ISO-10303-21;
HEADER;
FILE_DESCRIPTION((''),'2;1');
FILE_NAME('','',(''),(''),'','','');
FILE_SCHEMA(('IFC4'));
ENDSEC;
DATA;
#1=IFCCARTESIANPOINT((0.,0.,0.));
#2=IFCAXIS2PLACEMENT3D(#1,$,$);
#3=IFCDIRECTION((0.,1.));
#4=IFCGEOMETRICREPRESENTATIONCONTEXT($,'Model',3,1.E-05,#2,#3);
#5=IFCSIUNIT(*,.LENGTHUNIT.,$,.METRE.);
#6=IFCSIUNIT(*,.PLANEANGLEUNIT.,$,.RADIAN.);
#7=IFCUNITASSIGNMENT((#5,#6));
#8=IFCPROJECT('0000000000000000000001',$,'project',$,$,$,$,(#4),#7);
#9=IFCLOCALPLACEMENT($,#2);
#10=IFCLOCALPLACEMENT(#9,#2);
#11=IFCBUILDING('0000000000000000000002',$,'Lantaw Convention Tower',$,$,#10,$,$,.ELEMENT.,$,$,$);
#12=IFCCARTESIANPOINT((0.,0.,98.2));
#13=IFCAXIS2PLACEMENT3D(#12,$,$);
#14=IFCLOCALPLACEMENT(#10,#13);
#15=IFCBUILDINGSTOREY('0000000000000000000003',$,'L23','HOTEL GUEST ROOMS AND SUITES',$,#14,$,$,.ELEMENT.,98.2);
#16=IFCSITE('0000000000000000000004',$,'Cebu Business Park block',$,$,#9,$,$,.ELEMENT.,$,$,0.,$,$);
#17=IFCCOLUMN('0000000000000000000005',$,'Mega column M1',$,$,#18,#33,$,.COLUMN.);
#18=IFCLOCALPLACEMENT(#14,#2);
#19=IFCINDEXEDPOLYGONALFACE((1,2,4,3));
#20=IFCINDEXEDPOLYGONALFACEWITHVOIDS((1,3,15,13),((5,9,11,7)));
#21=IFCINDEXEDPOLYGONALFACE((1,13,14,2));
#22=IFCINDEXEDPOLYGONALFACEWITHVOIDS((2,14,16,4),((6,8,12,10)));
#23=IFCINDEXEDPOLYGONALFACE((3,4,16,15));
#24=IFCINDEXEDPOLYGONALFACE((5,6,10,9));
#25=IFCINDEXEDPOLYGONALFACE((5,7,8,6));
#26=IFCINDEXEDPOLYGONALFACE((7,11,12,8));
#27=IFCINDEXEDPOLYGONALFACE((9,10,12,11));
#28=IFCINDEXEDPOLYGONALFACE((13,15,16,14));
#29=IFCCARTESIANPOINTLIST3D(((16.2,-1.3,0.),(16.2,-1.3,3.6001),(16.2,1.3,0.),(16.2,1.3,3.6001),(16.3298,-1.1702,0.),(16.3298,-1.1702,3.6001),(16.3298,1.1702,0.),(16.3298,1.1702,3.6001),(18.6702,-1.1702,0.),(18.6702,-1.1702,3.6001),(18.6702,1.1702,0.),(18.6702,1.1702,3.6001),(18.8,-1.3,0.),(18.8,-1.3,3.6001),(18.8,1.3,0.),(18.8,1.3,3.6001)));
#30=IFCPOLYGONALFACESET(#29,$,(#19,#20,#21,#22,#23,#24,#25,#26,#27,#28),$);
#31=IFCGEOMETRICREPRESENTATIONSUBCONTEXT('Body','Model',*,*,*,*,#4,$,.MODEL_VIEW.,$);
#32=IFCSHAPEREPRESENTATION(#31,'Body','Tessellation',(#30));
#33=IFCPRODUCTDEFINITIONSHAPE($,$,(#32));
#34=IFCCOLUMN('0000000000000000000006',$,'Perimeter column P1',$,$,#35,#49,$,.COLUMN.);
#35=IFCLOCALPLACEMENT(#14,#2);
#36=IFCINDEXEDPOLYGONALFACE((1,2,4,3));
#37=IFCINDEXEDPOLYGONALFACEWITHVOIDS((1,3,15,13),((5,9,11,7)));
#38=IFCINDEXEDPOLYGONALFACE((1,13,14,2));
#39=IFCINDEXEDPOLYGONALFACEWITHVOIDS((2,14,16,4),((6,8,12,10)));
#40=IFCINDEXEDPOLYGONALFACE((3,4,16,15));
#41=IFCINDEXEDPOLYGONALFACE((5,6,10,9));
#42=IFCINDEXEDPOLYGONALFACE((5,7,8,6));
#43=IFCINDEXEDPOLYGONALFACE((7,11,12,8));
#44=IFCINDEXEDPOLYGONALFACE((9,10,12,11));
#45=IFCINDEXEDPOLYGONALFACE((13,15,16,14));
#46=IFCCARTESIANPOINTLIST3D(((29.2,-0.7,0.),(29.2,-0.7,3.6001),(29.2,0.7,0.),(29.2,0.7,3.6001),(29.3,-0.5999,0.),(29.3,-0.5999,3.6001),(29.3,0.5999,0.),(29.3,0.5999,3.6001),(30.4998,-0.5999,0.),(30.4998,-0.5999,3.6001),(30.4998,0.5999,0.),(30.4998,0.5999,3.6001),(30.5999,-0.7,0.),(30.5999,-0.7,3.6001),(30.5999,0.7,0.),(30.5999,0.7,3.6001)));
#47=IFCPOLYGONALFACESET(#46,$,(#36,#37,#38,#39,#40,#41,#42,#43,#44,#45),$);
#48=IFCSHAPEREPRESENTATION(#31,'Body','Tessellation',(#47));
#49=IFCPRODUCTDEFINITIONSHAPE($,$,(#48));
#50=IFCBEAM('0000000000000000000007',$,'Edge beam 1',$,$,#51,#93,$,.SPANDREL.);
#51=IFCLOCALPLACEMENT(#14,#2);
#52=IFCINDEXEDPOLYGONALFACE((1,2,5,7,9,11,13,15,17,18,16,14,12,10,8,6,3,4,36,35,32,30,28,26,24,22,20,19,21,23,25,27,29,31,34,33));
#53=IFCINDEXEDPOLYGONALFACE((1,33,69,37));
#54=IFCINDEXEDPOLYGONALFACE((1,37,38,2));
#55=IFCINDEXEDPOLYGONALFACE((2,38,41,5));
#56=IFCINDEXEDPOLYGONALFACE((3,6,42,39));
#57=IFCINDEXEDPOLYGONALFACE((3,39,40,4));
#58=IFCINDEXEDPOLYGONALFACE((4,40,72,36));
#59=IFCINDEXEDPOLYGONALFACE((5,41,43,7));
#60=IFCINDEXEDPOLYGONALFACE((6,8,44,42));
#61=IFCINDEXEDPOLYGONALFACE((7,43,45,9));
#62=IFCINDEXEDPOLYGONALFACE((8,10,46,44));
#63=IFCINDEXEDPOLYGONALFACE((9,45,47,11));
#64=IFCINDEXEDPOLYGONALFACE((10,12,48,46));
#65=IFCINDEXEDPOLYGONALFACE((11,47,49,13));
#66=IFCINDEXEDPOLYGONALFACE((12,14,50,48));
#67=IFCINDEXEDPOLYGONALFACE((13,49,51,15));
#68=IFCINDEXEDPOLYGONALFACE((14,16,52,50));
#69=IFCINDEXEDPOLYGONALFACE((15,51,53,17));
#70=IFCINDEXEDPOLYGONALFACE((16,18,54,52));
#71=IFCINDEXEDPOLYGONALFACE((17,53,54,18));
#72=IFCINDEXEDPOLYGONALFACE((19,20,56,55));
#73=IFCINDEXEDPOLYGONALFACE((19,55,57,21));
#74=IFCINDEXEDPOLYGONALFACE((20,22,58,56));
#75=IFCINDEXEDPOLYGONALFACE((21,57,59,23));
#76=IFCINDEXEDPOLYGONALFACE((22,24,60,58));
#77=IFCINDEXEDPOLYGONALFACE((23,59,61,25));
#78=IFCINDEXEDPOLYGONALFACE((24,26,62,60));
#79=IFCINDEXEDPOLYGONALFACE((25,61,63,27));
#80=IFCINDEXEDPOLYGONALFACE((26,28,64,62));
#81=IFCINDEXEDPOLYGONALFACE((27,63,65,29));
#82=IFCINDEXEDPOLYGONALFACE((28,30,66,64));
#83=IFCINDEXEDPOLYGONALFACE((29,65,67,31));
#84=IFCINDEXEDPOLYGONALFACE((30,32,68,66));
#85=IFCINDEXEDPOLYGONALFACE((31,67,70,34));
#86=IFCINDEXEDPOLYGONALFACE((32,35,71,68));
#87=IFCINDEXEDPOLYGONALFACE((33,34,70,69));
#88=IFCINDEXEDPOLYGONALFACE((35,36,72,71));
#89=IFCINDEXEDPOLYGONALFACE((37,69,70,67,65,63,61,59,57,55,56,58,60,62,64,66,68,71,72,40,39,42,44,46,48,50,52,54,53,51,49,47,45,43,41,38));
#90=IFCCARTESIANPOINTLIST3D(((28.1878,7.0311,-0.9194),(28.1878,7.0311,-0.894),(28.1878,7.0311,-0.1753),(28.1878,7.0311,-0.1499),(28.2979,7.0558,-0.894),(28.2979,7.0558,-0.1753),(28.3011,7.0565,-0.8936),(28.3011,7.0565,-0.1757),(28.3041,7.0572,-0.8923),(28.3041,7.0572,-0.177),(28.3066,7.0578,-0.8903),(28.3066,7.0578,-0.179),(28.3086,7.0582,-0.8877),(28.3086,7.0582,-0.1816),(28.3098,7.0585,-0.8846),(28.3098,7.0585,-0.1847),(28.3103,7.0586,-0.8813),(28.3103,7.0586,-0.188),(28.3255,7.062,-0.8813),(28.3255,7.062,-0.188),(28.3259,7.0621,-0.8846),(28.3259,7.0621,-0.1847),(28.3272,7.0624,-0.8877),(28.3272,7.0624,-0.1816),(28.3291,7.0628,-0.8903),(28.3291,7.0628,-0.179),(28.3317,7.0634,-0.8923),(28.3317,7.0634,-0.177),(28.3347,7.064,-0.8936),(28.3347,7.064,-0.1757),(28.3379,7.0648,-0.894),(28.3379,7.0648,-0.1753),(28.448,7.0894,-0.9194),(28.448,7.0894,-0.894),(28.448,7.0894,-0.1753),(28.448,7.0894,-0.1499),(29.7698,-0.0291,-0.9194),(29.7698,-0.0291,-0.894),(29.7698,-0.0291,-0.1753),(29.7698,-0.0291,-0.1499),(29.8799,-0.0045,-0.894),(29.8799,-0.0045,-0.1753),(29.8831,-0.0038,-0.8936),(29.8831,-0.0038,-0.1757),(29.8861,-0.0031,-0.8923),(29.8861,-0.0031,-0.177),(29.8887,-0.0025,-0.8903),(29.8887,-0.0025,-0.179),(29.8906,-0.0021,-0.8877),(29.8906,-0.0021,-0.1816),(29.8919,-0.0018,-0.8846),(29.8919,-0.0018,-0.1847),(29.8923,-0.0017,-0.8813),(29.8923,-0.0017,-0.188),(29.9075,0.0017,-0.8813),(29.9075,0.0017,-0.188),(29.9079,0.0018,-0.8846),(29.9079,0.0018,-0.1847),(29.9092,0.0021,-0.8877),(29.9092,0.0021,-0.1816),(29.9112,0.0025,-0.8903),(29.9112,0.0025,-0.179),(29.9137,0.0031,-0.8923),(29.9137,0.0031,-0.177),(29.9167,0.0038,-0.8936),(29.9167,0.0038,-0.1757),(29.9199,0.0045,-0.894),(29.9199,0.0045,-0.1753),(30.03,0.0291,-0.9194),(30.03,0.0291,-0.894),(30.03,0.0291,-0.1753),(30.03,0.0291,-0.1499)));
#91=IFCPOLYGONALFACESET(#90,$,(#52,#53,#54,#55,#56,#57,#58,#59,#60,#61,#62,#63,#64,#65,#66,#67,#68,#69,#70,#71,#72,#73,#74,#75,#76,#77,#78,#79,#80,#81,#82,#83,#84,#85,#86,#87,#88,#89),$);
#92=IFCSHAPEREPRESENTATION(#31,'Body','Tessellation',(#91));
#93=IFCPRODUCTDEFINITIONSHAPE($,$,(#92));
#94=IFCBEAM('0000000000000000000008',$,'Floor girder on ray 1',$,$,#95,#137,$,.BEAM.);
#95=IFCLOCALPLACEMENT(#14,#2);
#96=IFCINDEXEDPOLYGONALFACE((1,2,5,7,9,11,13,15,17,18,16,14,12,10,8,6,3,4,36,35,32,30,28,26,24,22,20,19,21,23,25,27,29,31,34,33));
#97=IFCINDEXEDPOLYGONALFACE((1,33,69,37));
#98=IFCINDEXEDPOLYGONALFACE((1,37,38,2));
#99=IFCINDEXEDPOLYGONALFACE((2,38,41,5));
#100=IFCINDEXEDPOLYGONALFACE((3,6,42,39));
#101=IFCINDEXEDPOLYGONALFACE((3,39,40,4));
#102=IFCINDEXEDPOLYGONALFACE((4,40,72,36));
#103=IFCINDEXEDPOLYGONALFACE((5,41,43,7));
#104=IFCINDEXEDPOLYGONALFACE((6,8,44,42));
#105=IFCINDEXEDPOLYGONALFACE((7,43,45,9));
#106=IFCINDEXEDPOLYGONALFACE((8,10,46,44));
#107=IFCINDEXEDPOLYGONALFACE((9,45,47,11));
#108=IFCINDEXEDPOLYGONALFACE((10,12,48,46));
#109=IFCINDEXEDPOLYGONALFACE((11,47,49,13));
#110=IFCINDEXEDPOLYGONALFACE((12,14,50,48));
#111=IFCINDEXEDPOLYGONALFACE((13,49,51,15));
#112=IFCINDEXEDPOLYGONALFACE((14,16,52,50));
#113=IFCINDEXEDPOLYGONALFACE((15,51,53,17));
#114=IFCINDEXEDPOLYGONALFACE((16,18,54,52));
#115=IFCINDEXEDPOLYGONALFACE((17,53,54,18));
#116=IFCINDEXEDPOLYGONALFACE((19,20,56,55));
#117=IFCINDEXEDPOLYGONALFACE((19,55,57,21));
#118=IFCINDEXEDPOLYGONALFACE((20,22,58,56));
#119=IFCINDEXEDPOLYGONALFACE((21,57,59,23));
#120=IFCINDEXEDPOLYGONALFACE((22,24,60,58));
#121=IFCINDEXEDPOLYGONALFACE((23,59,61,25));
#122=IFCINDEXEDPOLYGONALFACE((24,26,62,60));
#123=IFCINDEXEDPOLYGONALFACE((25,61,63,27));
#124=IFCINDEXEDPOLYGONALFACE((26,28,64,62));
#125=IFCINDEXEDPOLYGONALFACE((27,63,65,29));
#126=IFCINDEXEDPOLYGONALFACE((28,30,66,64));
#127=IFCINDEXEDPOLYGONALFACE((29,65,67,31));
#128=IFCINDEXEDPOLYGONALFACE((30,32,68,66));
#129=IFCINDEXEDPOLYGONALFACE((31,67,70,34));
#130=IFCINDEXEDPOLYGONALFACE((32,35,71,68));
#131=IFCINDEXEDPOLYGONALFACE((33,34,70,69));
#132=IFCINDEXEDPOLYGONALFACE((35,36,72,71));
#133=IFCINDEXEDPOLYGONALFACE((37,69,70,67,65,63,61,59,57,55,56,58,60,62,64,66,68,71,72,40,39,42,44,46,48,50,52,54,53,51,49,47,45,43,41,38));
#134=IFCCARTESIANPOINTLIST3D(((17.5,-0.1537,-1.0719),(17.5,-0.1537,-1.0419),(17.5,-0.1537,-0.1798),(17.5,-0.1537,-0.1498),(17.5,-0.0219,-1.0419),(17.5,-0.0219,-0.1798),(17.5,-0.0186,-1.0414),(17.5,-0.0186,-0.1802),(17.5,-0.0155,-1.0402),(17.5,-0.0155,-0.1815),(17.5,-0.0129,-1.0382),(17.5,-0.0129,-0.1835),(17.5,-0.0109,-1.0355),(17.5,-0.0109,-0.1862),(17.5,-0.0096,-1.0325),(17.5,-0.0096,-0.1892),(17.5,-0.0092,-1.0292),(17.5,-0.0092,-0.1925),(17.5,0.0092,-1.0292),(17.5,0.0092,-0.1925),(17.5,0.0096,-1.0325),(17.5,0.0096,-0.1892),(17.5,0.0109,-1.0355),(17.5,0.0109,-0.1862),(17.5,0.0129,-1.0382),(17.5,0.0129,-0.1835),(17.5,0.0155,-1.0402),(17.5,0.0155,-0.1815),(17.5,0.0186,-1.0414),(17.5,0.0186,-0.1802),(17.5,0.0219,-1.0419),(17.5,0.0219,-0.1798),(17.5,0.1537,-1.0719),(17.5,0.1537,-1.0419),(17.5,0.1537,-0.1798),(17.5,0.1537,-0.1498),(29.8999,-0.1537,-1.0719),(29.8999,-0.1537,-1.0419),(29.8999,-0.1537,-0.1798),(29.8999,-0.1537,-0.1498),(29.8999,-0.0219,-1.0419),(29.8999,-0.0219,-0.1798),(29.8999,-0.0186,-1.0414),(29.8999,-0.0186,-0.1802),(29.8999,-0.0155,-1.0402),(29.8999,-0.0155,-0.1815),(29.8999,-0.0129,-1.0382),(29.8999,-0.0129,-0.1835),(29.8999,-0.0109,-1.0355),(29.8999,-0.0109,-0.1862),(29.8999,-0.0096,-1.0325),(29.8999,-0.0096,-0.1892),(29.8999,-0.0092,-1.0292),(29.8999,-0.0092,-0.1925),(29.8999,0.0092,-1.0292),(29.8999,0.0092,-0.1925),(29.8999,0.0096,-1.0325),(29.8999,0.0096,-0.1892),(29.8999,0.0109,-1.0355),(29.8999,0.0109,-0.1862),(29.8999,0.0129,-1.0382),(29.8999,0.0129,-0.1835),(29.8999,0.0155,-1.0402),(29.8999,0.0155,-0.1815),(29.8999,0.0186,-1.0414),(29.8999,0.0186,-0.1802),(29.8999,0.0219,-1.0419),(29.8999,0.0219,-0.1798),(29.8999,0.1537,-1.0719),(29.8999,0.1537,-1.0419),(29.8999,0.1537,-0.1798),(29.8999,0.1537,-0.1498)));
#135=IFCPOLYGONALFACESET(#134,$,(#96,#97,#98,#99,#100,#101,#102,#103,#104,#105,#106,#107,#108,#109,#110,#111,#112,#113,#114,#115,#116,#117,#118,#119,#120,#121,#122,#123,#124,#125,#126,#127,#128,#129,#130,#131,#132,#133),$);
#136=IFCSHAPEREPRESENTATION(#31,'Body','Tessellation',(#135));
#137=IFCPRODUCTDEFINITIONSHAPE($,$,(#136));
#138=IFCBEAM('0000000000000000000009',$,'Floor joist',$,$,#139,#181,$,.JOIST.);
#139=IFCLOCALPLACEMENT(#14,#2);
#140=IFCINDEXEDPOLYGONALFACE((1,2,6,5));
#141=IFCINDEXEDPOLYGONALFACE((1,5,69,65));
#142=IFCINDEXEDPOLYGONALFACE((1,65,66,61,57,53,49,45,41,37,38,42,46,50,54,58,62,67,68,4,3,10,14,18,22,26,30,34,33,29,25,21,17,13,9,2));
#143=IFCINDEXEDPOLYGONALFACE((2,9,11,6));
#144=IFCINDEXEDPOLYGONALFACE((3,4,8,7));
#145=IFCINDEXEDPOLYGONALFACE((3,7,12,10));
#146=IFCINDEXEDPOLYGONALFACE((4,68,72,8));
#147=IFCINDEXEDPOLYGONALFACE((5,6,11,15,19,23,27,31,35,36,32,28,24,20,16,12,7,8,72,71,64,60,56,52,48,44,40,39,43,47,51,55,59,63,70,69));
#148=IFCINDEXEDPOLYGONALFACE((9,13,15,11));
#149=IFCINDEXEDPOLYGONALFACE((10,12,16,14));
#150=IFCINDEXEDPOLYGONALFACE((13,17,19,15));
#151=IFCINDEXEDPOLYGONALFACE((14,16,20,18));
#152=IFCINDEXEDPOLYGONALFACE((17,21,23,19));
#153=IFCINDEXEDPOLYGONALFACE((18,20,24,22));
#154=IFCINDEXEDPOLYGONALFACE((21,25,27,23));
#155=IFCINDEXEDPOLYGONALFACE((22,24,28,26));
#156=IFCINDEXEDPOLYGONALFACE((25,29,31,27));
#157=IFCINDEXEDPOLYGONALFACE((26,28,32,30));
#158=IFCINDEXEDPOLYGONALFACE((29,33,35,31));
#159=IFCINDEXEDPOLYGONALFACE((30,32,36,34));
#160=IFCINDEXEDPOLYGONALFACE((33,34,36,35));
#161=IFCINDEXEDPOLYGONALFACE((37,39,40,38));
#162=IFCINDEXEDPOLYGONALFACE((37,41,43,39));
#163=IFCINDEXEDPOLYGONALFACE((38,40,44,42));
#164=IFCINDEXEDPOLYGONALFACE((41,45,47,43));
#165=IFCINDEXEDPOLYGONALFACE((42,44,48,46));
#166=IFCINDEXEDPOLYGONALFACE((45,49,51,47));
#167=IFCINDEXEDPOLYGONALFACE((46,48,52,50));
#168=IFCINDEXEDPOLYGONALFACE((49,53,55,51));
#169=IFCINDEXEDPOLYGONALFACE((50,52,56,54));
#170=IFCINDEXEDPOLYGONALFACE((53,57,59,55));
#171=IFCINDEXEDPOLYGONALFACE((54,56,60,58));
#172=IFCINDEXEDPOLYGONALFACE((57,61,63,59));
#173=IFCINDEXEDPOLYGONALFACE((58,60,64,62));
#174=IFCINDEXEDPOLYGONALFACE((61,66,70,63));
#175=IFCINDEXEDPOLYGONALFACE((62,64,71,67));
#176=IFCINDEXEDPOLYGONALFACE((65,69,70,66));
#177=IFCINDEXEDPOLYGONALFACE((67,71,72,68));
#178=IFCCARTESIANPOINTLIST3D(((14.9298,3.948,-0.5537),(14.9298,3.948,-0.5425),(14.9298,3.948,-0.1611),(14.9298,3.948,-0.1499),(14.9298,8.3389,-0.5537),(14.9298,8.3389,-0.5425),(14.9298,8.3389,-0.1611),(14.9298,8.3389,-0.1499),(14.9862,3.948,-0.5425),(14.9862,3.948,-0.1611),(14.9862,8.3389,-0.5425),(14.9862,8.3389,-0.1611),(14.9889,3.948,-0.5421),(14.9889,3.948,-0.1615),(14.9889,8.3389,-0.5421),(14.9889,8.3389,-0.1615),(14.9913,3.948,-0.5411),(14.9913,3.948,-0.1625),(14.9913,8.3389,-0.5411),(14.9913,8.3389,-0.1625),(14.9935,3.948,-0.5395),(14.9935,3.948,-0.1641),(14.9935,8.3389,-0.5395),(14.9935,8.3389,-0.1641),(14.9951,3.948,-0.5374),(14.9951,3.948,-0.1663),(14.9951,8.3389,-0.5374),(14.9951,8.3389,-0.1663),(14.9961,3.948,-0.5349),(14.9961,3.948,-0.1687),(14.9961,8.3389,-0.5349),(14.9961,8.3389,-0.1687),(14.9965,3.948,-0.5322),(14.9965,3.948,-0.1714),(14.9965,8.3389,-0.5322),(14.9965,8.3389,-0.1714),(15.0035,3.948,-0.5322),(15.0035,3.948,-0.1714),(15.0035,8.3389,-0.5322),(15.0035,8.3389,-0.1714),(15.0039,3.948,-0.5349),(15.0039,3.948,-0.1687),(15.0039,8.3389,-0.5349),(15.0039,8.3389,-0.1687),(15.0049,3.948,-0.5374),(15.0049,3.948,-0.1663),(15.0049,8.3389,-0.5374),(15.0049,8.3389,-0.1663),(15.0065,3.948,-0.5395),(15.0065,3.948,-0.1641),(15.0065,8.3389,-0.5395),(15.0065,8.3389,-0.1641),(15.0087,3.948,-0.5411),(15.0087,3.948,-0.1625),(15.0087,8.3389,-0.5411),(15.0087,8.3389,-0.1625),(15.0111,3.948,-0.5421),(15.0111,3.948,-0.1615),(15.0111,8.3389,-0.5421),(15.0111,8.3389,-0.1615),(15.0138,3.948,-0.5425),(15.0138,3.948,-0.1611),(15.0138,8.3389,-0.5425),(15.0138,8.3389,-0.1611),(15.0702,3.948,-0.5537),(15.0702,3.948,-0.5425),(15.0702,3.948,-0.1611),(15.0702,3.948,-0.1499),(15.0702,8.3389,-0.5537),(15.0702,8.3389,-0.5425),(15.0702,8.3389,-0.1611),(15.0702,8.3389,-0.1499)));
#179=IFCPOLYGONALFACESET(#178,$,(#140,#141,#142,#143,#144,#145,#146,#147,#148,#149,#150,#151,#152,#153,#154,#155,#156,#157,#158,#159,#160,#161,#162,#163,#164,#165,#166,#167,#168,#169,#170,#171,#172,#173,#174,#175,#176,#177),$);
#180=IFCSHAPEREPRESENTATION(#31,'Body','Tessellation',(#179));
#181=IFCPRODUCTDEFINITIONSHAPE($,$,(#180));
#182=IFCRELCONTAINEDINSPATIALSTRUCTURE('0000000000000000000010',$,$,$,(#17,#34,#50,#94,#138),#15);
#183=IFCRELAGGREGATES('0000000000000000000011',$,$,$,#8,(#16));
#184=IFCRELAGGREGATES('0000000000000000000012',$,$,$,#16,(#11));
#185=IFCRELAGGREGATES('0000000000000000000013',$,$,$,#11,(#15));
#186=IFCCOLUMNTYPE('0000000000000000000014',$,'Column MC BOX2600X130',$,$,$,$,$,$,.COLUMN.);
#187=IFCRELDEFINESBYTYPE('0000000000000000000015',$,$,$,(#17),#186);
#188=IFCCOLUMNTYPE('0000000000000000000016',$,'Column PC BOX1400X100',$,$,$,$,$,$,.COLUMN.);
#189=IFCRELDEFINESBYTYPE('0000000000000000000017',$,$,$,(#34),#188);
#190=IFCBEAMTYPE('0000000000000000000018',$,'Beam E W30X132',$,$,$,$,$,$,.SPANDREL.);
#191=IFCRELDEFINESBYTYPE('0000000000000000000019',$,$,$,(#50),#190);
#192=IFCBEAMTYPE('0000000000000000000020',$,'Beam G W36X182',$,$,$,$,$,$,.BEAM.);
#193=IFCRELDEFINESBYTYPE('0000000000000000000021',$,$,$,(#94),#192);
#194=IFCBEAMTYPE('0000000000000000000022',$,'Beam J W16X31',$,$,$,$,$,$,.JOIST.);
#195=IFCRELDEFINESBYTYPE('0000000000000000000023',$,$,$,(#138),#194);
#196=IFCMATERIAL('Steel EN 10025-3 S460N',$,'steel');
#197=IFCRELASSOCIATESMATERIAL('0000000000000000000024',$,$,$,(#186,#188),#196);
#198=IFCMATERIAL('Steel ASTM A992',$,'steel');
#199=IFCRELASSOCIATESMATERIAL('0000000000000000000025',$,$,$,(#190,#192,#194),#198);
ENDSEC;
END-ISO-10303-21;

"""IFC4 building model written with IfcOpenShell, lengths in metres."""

from ifc_helpers import new_model, si_unit, direction, frame, origin, origin_2d, place, context, subcontext, project, spatial, rectangle, hollow_rectangle, i_section, extrude, material, material_profile, profile_set, type_object, element, save


model = new_model("IFC4")

# Units and contexts
model_context = context("Model", 3, precision=1e-05, world=origin(), true_north=direction((0.0, 1.0)))
body_context = subcontext(model_context, "Body", "Model", "MODEL_VIEW")
ifc_project = project(units=[si_unit("LENGTHUNIT", "METRE"), si_unit("PLANEANGLEUNIT", "RADIAN")], contexts=[model_context])

# Site, building, storey
site_placement = place(None, origin())
site = spatial("IfcSite", under=ifc_project, at=site_placement, Name="Cebu Business Park block", CompositionType="ELEMENT", RefElevation=0.0)
building_placement = place(site_placement, origin())
building = spatial("IfcBuilding", under=site, at=building_placement, Name="Lantaw Convention Tower", CompositionType="ELEMENT")
storey_placement = place(building_placement, frame((0.0, 0.0, 98.2)))
storey = spatial("IfcBuildingStorey", under=building, at=storey_placement, Name="L23", Description="HOTEL GUEST ROOMS AND SUITES", CompositionType="ELEMENT", Elevation=98.2)

# Columns
ifc_material_1 = material(Name="Steel EN 10025-3 S460N", Category="steel")
ifc_material_profile_1 = material_profile(ifc_material_1, hollow_rectangle(XDim=2.6001, YDim=2.6001, WallThickness=0.1299, at=origin_2d()), Name="BOX2600X130")
ifc_material_2 = material(Name="Concrete C60/75", Category="concrete")
ifc_material_profile_2 = material_profile(ifc_material_2, rectangle(XDim=2.3401, YDim=2.3401, at=origin_2d()), Name="Concrete fill of BOX2600X130")
ifc_profile_set_1 = profile_set([ifc_material_profile_1, ifc_material_profile_2], Name="Steel EN 10025-3 S460N")
column_type_1 = type_object("IfcColumnType", Name="Column MC BOX2600X130", PredefinedType="COLUMN", material=ifc_profile_set_1)
column_1_placement = place(storey_placement, frame((17.5, 0.0, 0.0), z_axis=(0.0, 0.0, 1.0), x_axis=(1.0, 0.0, 0.0)))
element("IfcColumn", 1, at=column_1_placement, inside=storey, type_object=column_type_1, Name="Mega column M1", PredefinedType="COLUMN", context=body_context, shape_type="SweptSolid", body=[
    extrude(hollow_rectangle(XDim=2.6001, YDim=2.6001, WallThickness=0.1299, at=origin_2d()), origin(), (0.0, 0.0, 1.0), 3.6001),
])
ifc_material_profile_3 = material_profile(ifc_material_1, hollow_rectangle(XDim=1.3999, YDim=1.3999, WallThickness=0.1001, at=origin_2d()), Name="BOX1400X100")
ifc_material_profile_4 = material_profile(ifc_material_2, rectangle(XDim=1.2, YDim=1.2, at=origin_2d()), Name="Concrete fill of BOX1400X100")
ifc_profile_set_2 = profile_set([ifc_material_profile_3, ifc_material_profile_4], Name="Steel EN 10025-3 S460N")
column_type_2 = type_object("IfcColumnType", Name="Column PC BOX1400X100", PredefinedType="COLUMN", material=ifc_profile_set_2)
column_2_placement = place(storey_placement, frame((29.8999, 0.0, 0.0), z_axis=(0.0, 0.0, 1.0), x_axis=(1.0, 0.0, 0.0)))
element("IfcColumn", 2, at=column_2_placement, inside=storey, type_object=column_type_2, Name="Perimeter column P1", PredefinedType="COLUMN", context=body_context, shape_type="SweptSolid", body=[
    extrude(hollow_rectangle(XDim=1.3999, YDim=1.3999, WallThickness=0.1001, at=origin_2d()), origin(), (0.0, 0.0, 1.0), 3.6001),
])

# Beams
ifc_material_3 = material(Name="Steel ASTM A992", Category="steel")
ifc_material_profile_5 = material_profile(ifc_material_3, i_section(OverallWidth=0.2666, OverallDepth=0.7695, WebThickness=0.0156, FlangeThickness=0.0254, FilletRadius=0.0127, at=origin_2d()), Name="W30X132")
ifc_profile_set_3 = profile_set([ifc_material_profile_5], Name="Steel ASTM A992")
beam_type_1 = type_object("IfcBeamType", Name="Beam E W30X132", PredefinedType="SPANDREL", material=ifc_profile_set_3)
beam_1_placement = place(storey_placement, frame((29.8999, 0.0, -0.5347), z_axis=(-0.218652, 0.975803, 0.0), x_axis=(-0.975803, -0.218652, 0.0)))
element("IfcBeam", 3, at=beam_1_placement, inside=storey, type_object=beam_type_1, Name="Edge beam 1", PredefinedType="SPANDREL", context=body_context, shape_type="SweptSolid", body=[
    extrude(i_section(OverallWidth=0.2666, OverallDepth=0.7695, WebThickness=0.0156, FlangeThickness=0.0254, FilletRadius=0.0127, at=origin_2d()), origin(), (0.0, 0.0, 1.0), 7.2354),
])
ifc_material_profile_6 = material_profile(ifc_material_3, i_section(OverallWidth=0.3074, OverallDepth=0.9221, WebThickness=0.0183, FlangeThickness=0.03, FilletRadius=0.0127, at=origin_2d()), Name="W36X182")
ifc_profile_set_4 = profile_set([ifc_material_profile_6], Name="Steel ASTM A992")
beam_type_2 = type_object("IfcBeamType", Name="Beam G W36X182", PredefinedType="BEAM", material=ifc_profile_set_4)
beam_2_placement = place(storey_placement, frame((17.5, 0.0, -0.6108), z_axis=(1.0, 0.0, 0.0), x_axis=(0.0, 1.0, 0.0)))
element("IfcBeam", 4, at=beam_2_placement, inside=storey, type_object=beam_type_2, Name="Floor girder on ray 1", PredefinedType="BEAM", context=body_context, shape_type="SweptSolid", body=[
    extrude(i_section(OverallWidth=0.3074, OverallDepth=0.9221, WebThickness=0.0183, FlangeThickness=0.03, FilletRadius=0.0127, at=origin_2d()), origin(), (0.0, 0.0, 1.0), 12.3999),
])
ifc_material_profile_7 = material_profile(ifc_material_3, i_section(OverallWidth=0.1404, OverallDepth=0.4038, WebThickness=0.0071, FlangeThickness=0.0112, FilletRadius=0.0103, at=origin_2d()), Name="W16X31")
ifc_profile_set_5 = profile_set([ifc_material_profile_7], Name="Steel ASTM A992")
beam_type_3 = type_object("IfcBeamType", Name="Beam J W16X31", PredefinedType="JOIST", material=ifc_profile_set_5)
beam_3_placement = place(storey_placement, frame((15.0, 3.948, -0.3518), z_axis=(0.0, 1.0, 0.0), x_axis=(-1.0, 0.0, 0.0)))
element("IfcBeam", 5, at=beam_3_placement, inside=storey, type_object=beam_type_3, Name="Floor joist", PredefinedType="JOIST", context=body_context, shape_type="SweptSolid", body=[
    extrude(i_section(OverallWidth=0.1404, OverallDepth=0.4038, WebThickness=0.0071, FlangeThickness=0.0112, FilletRadius=0.0103, at=origin_2d()), origin(), (0.0, 0.0, 1.0), 4.3909),
])

save(model, "model.ifc")
